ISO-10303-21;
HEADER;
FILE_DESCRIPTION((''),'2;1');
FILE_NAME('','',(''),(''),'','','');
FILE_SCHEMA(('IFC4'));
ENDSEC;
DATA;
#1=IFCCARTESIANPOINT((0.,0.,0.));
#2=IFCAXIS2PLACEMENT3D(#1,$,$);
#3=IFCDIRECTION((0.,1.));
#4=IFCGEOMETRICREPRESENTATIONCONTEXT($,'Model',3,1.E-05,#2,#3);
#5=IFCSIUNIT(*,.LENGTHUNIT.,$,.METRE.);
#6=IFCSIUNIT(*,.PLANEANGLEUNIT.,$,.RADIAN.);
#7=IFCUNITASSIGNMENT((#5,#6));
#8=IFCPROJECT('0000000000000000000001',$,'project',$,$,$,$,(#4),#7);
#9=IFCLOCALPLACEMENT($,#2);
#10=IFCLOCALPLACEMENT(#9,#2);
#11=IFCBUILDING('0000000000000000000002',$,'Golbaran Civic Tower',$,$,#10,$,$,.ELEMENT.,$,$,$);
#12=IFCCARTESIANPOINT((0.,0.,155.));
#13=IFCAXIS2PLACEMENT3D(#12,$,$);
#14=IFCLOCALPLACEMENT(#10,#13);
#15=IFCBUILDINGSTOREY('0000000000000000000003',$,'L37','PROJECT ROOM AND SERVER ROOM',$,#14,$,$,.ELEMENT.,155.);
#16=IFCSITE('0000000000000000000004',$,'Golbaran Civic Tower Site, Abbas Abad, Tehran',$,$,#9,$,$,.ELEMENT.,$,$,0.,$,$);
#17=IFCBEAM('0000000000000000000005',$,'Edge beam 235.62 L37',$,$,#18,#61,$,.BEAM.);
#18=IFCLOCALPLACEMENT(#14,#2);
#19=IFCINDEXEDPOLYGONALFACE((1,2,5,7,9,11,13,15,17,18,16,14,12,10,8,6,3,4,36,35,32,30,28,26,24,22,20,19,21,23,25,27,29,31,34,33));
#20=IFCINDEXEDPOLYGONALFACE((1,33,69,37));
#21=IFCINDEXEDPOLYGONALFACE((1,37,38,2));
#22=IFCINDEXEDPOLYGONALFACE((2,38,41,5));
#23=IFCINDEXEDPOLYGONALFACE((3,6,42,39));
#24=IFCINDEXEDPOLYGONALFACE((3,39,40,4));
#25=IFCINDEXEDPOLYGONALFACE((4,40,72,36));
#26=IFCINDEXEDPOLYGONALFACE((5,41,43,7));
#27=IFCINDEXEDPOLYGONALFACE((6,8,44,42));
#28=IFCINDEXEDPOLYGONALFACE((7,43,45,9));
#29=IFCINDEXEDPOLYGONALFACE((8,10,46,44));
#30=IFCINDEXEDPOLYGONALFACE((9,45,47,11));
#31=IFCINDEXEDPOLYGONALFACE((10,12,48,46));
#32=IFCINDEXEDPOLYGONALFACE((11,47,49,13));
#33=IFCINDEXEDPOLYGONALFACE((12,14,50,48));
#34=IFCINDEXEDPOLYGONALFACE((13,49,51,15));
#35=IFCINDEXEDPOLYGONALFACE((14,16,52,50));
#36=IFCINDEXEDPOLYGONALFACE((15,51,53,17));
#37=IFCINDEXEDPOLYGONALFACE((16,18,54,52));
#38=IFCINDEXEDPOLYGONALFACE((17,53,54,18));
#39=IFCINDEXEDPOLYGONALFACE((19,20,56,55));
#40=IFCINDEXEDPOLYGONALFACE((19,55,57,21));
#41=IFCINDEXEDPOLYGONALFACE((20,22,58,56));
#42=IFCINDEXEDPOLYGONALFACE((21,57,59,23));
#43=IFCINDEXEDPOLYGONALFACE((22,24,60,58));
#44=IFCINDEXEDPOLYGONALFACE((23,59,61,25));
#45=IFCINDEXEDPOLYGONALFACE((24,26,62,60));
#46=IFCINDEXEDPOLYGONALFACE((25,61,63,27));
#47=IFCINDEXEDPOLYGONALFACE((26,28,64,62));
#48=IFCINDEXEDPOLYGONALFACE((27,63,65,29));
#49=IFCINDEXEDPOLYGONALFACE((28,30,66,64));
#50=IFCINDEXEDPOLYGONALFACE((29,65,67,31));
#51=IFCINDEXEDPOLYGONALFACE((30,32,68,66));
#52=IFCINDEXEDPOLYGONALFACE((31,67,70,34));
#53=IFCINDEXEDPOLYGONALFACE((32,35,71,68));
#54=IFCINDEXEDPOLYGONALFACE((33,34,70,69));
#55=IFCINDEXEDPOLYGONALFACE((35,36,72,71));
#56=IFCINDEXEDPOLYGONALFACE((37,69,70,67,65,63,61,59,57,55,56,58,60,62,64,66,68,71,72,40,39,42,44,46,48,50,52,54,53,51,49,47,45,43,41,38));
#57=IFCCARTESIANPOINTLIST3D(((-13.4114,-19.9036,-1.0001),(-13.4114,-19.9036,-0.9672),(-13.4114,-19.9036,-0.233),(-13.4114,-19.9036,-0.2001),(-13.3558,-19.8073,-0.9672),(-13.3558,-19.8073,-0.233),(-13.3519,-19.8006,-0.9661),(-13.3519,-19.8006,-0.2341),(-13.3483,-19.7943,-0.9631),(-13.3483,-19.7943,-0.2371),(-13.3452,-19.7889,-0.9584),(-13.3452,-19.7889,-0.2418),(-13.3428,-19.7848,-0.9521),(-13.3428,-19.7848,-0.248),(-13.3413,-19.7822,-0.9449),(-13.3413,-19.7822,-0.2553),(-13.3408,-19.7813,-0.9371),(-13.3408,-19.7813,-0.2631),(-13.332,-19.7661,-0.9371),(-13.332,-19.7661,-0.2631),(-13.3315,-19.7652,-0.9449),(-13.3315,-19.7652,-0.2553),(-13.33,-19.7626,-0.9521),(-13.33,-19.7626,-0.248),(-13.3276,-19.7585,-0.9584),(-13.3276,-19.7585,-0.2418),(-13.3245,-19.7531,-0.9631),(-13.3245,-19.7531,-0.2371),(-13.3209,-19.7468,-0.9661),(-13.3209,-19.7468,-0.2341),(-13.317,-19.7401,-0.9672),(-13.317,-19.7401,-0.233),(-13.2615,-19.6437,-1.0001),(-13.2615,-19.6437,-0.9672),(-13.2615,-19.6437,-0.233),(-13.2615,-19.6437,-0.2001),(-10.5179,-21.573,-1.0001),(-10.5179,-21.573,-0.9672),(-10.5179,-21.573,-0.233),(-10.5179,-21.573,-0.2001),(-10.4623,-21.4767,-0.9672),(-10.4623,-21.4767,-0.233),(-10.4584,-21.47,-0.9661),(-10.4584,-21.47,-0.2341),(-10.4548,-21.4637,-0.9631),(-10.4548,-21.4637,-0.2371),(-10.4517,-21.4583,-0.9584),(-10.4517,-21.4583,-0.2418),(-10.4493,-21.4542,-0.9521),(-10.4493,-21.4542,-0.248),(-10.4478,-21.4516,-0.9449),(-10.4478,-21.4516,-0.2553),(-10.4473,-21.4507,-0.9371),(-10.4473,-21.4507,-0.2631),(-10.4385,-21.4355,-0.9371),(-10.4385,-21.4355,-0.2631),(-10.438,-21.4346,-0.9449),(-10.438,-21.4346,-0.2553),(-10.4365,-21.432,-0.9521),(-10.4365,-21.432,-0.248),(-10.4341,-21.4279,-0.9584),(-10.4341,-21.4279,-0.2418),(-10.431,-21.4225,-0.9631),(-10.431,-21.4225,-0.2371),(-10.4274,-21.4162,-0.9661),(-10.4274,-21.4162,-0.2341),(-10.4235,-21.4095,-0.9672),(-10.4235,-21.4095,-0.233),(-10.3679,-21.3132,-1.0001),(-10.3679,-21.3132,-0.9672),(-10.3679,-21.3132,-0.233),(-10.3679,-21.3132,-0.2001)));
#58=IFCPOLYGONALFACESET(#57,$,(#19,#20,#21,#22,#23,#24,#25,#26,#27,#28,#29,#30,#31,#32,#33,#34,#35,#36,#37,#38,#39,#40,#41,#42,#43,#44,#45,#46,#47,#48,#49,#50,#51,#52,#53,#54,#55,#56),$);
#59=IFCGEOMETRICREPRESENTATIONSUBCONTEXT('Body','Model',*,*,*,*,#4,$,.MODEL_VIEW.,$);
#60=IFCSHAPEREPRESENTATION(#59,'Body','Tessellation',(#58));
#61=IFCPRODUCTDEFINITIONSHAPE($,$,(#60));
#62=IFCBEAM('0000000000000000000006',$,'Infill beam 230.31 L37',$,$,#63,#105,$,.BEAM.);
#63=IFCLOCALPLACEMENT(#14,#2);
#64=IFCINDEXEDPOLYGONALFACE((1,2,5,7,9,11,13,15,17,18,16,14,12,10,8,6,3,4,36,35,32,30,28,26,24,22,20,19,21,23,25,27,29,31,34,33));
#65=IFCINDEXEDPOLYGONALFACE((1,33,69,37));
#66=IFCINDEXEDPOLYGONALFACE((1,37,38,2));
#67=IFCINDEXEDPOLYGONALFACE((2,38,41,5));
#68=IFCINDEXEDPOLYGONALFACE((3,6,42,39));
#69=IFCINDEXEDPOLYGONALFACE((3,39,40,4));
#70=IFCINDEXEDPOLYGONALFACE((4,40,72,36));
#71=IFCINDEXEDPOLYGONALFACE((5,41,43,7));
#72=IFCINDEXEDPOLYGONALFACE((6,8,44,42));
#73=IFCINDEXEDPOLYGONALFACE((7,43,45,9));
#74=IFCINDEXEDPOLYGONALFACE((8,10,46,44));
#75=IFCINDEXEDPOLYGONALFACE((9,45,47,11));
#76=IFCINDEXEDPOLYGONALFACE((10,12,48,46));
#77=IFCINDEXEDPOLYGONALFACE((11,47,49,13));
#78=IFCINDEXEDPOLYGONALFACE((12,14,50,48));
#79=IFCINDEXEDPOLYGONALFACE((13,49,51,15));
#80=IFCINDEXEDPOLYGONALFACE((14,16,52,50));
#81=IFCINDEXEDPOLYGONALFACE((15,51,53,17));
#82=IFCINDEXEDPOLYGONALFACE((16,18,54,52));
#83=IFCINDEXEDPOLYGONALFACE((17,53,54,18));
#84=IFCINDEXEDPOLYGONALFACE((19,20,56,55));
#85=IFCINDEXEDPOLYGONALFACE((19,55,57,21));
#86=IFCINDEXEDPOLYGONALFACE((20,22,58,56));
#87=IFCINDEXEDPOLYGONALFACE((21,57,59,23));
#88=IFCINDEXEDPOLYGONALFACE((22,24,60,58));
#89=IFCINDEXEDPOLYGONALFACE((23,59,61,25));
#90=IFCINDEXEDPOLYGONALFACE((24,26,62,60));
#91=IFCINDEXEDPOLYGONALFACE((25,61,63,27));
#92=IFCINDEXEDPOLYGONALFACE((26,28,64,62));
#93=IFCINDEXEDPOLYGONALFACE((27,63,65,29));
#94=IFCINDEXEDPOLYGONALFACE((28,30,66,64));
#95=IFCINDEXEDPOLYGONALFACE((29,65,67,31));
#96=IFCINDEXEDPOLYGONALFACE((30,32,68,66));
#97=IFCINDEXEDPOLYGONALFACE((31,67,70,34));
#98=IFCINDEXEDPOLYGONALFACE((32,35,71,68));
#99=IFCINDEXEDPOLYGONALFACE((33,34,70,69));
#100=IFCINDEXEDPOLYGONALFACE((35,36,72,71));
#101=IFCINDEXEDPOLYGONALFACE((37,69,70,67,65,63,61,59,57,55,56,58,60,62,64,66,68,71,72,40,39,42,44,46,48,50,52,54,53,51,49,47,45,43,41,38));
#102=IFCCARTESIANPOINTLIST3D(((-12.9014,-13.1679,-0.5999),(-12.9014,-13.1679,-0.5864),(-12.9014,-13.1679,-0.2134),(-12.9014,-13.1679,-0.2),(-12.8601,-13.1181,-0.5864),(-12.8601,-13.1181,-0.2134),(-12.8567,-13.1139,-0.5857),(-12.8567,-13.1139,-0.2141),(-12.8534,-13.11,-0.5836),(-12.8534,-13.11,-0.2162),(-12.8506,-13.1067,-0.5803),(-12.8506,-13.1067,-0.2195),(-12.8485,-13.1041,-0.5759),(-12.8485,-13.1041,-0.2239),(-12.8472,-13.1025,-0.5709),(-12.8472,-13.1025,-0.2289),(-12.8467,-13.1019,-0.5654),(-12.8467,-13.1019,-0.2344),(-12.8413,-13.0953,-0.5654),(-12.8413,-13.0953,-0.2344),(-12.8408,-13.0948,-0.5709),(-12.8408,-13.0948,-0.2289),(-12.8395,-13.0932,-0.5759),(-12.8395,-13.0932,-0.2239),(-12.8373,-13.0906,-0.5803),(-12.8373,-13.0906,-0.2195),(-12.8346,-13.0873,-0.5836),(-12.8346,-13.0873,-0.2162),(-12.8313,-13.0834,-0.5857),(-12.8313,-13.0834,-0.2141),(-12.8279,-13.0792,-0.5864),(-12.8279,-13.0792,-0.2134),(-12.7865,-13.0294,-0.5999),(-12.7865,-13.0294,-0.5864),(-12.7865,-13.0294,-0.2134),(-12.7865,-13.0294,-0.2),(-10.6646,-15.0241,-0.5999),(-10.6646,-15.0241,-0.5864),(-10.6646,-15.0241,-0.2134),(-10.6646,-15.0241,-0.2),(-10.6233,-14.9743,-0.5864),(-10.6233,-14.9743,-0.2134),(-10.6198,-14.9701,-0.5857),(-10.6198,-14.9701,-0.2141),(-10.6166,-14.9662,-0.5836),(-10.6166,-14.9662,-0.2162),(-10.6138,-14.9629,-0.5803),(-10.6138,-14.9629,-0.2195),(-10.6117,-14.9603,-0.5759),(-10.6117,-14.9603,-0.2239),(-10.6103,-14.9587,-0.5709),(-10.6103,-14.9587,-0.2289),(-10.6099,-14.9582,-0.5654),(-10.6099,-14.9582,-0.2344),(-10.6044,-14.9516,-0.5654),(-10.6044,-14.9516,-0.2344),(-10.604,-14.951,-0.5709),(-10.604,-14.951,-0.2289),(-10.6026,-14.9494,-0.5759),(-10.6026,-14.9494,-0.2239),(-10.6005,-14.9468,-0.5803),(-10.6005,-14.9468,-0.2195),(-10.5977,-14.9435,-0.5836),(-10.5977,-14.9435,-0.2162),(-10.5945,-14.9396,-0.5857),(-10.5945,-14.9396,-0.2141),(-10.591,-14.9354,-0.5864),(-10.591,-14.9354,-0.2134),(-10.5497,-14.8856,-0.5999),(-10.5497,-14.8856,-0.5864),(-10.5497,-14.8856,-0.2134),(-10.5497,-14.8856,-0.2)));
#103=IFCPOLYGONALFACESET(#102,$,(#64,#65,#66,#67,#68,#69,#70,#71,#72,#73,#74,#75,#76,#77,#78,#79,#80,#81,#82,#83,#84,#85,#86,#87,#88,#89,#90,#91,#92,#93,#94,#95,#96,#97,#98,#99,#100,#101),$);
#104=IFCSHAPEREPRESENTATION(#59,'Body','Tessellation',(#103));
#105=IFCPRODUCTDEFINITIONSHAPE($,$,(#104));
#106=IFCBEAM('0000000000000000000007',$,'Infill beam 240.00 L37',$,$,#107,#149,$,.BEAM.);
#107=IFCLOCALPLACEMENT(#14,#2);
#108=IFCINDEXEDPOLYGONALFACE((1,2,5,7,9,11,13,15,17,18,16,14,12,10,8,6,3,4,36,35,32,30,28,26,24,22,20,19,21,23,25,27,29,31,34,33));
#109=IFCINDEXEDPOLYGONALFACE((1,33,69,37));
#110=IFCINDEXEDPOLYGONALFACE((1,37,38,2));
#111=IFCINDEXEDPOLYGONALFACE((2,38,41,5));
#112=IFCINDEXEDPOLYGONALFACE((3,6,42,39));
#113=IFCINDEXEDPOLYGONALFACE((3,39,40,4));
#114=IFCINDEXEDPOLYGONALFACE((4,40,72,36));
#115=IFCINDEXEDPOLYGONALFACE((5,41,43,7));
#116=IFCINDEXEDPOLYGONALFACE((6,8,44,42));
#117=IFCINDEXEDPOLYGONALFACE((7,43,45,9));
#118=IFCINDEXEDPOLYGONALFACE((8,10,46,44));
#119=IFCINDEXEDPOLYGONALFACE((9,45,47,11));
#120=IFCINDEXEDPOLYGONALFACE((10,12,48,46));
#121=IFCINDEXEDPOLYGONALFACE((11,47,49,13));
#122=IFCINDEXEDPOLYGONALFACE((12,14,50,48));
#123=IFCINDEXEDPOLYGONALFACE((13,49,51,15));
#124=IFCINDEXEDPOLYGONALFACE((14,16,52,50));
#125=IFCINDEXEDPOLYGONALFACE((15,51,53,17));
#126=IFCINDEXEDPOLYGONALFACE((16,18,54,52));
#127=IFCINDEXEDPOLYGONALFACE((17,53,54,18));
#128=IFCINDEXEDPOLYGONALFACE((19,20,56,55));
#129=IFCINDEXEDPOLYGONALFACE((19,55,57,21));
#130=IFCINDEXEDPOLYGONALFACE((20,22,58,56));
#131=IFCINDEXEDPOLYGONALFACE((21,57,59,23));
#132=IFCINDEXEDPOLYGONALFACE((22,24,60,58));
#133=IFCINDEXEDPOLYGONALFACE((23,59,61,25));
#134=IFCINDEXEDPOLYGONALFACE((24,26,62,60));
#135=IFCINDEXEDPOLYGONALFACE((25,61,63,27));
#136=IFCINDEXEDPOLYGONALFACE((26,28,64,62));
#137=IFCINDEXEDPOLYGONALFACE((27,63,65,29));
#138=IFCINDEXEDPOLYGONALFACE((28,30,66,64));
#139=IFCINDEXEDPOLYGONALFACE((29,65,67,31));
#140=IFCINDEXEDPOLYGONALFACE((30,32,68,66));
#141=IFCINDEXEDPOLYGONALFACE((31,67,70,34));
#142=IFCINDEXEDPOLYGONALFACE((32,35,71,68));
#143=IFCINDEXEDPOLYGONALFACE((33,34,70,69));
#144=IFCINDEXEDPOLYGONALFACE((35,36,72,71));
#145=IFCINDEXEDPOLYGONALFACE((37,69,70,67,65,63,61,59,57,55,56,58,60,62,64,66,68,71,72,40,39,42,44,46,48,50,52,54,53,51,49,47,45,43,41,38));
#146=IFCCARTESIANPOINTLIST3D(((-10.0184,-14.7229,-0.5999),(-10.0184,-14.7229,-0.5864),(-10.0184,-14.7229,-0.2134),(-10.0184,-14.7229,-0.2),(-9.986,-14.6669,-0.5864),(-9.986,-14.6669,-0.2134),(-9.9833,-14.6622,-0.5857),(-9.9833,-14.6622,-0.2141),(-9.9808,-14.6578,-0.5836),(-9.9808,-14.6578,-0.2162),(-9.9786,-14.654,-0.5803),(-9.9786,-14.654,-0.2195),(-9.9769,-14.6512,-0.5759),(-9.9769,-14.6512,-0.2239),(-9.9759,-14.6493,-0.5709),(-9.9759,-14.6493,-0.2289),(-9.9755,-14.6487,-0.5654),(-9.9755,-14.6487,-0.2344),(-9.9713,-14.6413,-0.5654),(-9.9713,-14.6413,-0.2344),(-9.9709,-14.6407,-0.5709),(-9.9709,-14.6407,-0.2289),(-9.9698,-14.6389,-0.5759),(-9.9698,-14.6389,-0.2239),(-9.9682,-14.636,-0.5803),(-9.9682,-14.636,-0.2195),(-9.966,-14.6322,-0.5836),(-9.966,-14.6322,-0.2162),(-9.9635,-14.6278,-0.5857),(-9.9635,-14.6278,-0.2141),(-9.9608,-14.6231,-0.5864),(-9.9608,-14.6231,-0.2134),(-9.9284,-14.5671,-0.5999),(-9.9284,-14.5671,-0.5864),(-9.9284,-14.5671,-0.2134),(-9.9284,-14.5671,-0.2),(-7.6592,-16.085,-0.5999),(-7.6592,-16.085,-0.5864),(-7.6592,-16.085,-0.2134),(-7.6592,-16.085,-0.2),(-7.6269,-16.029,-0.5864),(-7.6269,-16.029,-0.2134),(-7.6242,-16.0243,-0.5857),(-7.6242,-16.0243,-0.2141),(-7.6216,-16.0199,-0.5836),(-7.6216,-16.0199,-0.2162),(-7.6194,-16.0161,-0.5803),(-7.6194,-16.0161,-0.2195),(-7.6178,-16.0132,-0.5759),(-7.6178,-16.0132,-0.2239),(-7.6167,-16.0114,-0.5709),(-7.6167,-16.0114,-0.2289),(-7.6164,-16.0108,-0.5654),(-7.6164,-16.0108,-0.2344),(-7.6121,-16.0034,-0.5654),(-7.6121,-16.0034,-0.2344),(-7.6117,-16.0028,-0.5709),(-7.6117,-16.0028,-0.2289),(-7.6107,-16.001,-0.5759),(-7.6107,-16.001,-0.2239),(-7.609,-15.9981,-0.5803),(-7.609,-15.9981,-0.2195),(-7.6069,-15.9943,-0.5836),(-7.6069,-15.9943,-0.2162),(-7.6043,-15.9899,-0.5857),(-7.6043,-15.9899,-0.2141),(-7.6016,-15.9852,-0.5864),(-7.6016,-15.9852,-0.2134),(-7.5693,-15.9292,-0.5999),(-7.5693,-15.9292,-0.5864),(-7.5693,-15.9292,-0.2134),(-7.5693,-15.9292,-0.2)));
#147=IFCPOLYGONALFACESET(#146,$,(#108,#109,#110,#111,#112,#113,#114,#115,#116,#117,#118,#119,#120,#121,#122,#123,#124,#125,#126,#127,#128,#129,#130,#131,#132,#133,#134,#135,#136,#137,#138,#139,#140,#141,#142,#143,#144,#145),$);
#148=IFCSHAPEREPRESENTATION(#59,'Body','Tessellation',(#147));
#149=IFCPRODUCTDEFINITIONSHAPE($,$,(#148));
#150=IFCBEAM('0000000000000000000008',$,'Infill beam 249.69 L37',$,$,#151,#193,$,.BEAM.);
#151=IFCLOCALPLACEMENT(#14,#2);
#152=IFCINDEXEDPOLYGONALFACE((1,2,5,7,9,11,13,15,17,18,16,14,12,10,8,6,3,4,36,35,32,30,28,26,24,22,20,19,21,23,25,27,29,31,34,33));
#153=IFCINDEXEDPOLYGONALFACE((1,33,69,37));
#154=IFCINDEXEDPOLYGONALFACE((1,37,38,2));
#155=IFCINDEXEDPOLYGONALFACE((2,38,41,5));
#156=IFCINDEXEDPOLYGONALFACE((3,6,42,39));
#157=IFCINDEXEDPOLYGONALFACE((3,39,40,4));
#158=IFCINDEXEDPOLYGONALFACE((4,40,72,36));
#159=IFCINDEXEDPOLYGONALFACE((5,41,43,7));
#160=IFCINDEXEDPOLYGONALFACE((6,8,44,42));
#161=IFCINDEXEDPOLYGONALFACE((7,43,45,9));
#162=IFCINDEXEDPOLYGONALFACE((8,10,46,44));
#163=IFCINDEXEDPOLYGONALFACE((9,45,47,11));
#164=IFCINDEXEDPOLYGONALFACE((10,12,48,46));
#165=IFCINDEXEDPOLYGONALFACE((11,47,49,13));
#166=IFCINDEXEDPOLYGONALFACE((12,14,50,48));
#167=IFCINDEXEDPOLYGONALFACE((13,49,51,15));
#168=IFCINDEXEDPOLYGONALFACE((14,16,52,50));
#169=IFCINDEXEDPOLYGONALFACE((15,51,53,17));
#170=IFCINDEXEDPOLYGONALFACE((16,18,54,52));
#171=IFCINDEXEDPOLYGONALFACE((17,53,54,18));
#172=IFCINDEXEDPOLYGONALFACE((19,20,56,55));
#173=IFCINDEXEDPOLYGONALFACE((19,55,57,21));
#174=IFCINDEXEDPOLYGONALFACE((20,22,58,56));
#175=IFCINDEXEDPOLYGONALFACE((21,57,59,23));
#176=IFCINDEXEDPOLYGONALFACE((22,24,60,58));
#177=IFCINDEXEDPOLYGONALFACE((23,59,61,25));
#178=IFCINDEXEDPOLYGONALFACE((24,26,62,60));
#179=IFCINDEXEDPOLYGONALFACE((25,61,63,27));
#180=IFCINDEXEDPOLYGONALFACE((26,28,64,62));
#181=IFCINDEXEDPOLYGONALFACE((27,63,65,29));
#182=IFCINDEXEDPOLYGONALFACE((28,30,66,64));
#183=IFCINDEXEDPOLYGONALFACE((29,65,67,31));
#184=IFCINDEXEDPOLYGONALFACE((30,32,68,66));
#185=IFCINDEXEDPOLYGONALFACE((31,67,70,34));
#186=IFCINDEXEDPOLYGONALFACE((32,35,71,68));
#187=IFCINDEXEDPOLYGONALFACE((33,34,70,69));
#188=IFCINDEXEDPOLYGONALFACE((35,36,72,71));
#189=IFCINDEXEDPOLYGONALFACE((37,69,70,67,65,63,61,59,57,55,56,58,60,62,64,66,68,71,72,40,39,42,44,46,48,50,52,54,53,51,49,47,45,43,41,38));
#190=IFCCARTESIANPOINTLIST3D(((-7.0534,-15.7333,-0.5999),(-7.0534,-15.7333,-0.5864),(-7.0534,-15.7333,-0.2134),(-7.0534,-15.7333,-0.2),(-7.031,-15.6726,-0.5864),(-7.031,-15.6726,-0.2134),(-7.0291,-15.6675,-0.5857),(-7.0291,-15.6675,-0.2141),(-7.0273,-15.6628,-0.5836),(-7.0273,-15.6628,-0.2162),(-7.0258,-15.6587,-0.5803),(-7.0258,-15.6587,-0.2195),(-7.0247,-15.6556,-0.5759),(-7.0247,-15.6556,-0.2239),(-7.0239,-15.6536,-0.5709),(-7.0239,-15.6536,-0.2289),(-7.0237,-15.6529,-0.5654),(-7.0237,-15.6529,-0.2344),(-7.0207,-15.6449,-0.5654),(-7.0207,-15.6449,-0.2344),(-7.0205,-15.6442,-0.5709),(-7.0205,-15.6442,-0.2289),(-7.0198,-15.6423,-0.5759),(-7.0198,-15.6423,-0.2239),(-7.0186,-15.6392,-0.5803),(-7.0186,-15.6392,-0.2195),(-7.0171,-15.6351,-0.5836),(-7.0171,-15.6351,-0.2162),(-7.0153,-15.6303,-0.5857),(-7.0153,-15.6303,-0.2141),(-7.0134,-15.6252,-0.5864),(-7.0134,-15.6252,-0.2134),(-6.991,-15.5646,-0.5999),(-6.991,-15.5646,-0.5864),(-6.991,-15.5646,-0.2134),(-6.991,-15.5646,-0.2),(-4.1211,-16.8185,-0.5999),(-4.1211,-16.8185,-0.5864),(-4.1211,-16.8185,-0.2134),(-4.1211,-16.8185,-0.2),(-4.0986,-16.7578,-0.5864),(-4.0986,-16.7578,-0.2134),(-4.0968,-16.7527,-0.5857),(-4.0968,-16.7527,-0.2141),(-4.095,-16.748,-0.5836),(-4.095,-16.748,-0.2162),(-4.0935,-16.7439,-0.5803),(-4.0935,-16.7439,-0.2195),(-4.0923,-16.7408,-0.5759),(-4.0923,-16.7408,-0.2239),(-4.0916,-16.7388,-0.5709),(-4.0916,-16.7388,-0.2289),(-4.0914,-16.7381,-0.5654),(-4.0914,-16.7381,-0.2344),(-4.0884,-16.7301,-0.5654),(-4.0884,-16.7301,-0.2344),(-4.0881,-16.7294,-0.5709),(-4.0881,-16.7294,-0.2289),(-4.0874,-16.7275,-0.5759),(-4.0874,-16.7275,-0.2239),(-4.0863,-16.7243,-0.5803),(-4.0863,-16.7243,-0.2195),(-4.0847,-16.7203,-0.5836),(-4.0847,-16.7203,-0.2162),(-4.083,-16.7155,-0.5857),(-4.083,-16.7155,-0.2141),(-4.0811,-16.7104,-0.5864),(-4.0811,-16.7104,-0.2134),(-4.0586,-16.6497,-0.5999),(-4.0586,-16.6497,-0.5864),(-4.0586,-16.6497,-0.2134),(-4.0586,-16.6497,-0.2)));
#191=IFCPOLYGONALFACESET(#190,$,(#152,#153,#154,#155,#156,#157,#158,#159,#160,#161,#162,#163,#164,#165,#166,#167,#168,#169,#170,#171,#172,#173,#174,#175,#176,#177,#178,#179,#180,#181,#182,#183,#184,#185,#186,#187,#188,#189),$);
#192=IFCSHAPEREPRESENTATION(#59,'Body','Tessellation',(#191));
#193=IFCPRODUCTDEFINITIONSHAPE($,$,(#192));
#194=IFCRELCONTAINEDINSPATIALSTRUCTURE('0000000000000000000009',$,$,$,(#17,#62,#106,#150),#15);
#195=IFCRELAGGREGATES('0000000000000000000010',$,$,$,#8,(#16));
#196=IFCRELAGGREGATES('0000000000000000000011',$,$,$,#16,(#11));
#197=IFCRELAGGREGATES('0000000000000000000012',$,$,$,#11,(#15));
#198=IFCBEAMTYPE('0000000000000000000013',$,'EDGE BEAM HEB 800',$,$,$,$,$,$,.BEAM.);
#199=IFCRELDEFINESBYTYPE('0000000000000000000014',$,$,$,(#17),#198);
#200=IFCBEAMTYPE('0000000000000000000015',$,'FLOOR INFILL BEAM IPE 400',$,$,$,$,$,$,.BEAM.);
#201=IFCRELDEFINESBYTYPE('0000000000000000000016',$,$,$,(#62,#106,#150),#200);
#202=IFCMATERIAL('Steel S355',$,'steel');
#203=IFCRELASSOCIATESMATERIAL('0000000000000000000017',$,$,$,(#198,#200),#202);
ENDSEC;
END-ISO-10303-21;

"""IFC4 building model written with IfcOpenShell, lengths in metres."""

from ifc_helpers import new_model, si_unit, direction, frame, origin, origin_2d, place, context, subcontext, project, spatial, i_section, extrude, material, material_profile, profile_set, type_object, element, save


model = new_model("IFC4")

# Units and contexts
model_context = context("Model", 3, precision=1e-05, world=origin(), true_north=direction((0.0, 1.0)))
body_context = subcontext(model_context, "Body", "Model", "MODEL_VIEW")
ifc_project = project(units=[si_unit("LENGTHUNIT", "METRE"), si_unit("PLANEANGLEUNIT", "RADIAN")], contexts=[model_context])

# Site, building, storey
site_placement = place(None, origin())
site = spatial("IfcSite", under=ifc_project, at=site_placement, Name="Golbaran Civic Tower Site, Abbas Abad, Tehran", CompositionType="ELEMENT", RefElevation=0.0)
building_placement = place(site_placement, origin())
building = spatial("IfcBuilding", under=site, at=building_placement, Name="Golbaran Civic Tower", CompositionType="ELEMENT")
storey_placement = place(building_placement, frame((0.0, 0.0, 155.0)))
storey = spatial("IfcBuildingStorey", under=building, at=storey_placement, Name="L37", Description="PROJECT ROOM AND SERVER ROOM", CompositionType="ELEMENT", Elevation=155.0)

# Beams
ifc_material_1 = material(Name="Steel S355", Category="steel")
ifc_material_profile_1 = material_profile(ifc_material_1, i_section(OverallWidth=0.3, OverallDepth=0.8, WebThickness=0.0176, FlangeThickness=0.033, FilletRadius=0.03, at=origin_2d()), Name="HEB 800")
ifc_profile_set_1 = profile_set([ifc_material_profile_1], Name="Steel S355")
beam_type_1 = type_object("IfcBeamType", Name="EDGE BEAM HEB 800", PredefinedType="BEAM", material=ifc_profile_set_1)
beam_1_placement = place(storey_placement, frame((-13.3364, -19.7737, -0.6001), z_axis=(0.866176, -0.499739, 0.0), x_axis=(0.499739, 0.866176, 0.0)))
element("IfcBeam", 1, at=beam_1_placement, inside=storey, type_object=beam_type_1, Name="Edge beam 235.62 L37", PredefinedType="BEAM", context=body_context, shape_type="SweptSolid", body=[
    extrude(i_section(OverallWidth=0.3, OverallDepth=0.8, WebThickness=0.0176, FlangeThickness=0.033, FilletRadius=0.03, at=origin_2d()), origin(), (0.0, 0.0, 1.0), 3.3406),
])
ifc_material_profile_2 = material_profile(ifc_material_1, i_section(OverallWidth=0.1799, OverallDepth=0.3999, WebThickness=0.0085, FlangeThickness=0.0134, FilletRadius=0.021, at=origin_2d()), Name="IPE 400")
ifc_profile_set_2 = profile_set([ifc_material_profile_2], Name="Steel S355")
beam_type_2 = type_object("IfcBeamType", Name="FLOOR INFILL BEAM IPE 400", PredefinedType="BEAM", material=ifc_profile_set_2)
beam_2_placement = place(storey_placement, frame((-12.844, -13.0986, -0.3999), z_axis=(0.769541, -0.638597, 0.0), x_axis=(0.638597, 0.769541, 0.0)))
element("IfcBeam", 2, at=beam_2_placement, inside=storey, type_object=beam_type_2, Name="Infill beam 230.31 L37", PredefinedType="BEAM", context=body_context, shape_type="SweptSolid", body=[
    extrude(i_section(OverallWidth=0.1799, OverallDepth=0.3999, WebThickness=0.0085, FlangeThickness=0.0134, FilletRadius=0.021, at=origin_2d()), origin(), (0.0, 0.0, 1.0), 2.9067),
])
beam_3_placement = place(storey_placement, frame((-9.9734, -14.645, -0.3999), z_axis=(0.866023, -0.500004, 0.0), x_axis=(0.500004, 0.866023, 0.0)))
element("IfcBeam", 3, at=beam_3_placement, inside=storey, type_object=beam_type_2, Name="Infill beam 240.00 L37", PredefinedType="BEAM", context=body_context, shape_type="SweptSolid", body=[
    extrude(i_section(OverallWidth=0.1799, OverallDepth=0.3999, WebThickness=0.0085, FlangeThickness=0.0134, FilletRadius=0.021, at=origin_2d()), origin(), (0.0, 0.0, 1.0), 2.7241),
])
beam_4_placement = place(storey_placement, frame((-7.0222, -15.6489, -0.3999), z_axis=(0.937838, -0.347073, 0.0), x_axis=(0.347073, 0.937838, 0.0)))
element("IfcBeam", 4, at=beam_4_placement, inside=storey, type_object=beam_type_2, Name="Infill beam 249.69 L37", PredefinedType="BEAM", context=body_context, shape_type="SweptSolid", body=[
    extrude(i_section(OverallWidth=0.1799, OverallDepth=0.3999, WebThickness=0.0085, FlangeThickness=0.0134, FilletRadius=0.021, at=origin_2d()), origin(), (0.0, 0.0, 1.0), 3.1267),
])

save(model, "model.ifc")
